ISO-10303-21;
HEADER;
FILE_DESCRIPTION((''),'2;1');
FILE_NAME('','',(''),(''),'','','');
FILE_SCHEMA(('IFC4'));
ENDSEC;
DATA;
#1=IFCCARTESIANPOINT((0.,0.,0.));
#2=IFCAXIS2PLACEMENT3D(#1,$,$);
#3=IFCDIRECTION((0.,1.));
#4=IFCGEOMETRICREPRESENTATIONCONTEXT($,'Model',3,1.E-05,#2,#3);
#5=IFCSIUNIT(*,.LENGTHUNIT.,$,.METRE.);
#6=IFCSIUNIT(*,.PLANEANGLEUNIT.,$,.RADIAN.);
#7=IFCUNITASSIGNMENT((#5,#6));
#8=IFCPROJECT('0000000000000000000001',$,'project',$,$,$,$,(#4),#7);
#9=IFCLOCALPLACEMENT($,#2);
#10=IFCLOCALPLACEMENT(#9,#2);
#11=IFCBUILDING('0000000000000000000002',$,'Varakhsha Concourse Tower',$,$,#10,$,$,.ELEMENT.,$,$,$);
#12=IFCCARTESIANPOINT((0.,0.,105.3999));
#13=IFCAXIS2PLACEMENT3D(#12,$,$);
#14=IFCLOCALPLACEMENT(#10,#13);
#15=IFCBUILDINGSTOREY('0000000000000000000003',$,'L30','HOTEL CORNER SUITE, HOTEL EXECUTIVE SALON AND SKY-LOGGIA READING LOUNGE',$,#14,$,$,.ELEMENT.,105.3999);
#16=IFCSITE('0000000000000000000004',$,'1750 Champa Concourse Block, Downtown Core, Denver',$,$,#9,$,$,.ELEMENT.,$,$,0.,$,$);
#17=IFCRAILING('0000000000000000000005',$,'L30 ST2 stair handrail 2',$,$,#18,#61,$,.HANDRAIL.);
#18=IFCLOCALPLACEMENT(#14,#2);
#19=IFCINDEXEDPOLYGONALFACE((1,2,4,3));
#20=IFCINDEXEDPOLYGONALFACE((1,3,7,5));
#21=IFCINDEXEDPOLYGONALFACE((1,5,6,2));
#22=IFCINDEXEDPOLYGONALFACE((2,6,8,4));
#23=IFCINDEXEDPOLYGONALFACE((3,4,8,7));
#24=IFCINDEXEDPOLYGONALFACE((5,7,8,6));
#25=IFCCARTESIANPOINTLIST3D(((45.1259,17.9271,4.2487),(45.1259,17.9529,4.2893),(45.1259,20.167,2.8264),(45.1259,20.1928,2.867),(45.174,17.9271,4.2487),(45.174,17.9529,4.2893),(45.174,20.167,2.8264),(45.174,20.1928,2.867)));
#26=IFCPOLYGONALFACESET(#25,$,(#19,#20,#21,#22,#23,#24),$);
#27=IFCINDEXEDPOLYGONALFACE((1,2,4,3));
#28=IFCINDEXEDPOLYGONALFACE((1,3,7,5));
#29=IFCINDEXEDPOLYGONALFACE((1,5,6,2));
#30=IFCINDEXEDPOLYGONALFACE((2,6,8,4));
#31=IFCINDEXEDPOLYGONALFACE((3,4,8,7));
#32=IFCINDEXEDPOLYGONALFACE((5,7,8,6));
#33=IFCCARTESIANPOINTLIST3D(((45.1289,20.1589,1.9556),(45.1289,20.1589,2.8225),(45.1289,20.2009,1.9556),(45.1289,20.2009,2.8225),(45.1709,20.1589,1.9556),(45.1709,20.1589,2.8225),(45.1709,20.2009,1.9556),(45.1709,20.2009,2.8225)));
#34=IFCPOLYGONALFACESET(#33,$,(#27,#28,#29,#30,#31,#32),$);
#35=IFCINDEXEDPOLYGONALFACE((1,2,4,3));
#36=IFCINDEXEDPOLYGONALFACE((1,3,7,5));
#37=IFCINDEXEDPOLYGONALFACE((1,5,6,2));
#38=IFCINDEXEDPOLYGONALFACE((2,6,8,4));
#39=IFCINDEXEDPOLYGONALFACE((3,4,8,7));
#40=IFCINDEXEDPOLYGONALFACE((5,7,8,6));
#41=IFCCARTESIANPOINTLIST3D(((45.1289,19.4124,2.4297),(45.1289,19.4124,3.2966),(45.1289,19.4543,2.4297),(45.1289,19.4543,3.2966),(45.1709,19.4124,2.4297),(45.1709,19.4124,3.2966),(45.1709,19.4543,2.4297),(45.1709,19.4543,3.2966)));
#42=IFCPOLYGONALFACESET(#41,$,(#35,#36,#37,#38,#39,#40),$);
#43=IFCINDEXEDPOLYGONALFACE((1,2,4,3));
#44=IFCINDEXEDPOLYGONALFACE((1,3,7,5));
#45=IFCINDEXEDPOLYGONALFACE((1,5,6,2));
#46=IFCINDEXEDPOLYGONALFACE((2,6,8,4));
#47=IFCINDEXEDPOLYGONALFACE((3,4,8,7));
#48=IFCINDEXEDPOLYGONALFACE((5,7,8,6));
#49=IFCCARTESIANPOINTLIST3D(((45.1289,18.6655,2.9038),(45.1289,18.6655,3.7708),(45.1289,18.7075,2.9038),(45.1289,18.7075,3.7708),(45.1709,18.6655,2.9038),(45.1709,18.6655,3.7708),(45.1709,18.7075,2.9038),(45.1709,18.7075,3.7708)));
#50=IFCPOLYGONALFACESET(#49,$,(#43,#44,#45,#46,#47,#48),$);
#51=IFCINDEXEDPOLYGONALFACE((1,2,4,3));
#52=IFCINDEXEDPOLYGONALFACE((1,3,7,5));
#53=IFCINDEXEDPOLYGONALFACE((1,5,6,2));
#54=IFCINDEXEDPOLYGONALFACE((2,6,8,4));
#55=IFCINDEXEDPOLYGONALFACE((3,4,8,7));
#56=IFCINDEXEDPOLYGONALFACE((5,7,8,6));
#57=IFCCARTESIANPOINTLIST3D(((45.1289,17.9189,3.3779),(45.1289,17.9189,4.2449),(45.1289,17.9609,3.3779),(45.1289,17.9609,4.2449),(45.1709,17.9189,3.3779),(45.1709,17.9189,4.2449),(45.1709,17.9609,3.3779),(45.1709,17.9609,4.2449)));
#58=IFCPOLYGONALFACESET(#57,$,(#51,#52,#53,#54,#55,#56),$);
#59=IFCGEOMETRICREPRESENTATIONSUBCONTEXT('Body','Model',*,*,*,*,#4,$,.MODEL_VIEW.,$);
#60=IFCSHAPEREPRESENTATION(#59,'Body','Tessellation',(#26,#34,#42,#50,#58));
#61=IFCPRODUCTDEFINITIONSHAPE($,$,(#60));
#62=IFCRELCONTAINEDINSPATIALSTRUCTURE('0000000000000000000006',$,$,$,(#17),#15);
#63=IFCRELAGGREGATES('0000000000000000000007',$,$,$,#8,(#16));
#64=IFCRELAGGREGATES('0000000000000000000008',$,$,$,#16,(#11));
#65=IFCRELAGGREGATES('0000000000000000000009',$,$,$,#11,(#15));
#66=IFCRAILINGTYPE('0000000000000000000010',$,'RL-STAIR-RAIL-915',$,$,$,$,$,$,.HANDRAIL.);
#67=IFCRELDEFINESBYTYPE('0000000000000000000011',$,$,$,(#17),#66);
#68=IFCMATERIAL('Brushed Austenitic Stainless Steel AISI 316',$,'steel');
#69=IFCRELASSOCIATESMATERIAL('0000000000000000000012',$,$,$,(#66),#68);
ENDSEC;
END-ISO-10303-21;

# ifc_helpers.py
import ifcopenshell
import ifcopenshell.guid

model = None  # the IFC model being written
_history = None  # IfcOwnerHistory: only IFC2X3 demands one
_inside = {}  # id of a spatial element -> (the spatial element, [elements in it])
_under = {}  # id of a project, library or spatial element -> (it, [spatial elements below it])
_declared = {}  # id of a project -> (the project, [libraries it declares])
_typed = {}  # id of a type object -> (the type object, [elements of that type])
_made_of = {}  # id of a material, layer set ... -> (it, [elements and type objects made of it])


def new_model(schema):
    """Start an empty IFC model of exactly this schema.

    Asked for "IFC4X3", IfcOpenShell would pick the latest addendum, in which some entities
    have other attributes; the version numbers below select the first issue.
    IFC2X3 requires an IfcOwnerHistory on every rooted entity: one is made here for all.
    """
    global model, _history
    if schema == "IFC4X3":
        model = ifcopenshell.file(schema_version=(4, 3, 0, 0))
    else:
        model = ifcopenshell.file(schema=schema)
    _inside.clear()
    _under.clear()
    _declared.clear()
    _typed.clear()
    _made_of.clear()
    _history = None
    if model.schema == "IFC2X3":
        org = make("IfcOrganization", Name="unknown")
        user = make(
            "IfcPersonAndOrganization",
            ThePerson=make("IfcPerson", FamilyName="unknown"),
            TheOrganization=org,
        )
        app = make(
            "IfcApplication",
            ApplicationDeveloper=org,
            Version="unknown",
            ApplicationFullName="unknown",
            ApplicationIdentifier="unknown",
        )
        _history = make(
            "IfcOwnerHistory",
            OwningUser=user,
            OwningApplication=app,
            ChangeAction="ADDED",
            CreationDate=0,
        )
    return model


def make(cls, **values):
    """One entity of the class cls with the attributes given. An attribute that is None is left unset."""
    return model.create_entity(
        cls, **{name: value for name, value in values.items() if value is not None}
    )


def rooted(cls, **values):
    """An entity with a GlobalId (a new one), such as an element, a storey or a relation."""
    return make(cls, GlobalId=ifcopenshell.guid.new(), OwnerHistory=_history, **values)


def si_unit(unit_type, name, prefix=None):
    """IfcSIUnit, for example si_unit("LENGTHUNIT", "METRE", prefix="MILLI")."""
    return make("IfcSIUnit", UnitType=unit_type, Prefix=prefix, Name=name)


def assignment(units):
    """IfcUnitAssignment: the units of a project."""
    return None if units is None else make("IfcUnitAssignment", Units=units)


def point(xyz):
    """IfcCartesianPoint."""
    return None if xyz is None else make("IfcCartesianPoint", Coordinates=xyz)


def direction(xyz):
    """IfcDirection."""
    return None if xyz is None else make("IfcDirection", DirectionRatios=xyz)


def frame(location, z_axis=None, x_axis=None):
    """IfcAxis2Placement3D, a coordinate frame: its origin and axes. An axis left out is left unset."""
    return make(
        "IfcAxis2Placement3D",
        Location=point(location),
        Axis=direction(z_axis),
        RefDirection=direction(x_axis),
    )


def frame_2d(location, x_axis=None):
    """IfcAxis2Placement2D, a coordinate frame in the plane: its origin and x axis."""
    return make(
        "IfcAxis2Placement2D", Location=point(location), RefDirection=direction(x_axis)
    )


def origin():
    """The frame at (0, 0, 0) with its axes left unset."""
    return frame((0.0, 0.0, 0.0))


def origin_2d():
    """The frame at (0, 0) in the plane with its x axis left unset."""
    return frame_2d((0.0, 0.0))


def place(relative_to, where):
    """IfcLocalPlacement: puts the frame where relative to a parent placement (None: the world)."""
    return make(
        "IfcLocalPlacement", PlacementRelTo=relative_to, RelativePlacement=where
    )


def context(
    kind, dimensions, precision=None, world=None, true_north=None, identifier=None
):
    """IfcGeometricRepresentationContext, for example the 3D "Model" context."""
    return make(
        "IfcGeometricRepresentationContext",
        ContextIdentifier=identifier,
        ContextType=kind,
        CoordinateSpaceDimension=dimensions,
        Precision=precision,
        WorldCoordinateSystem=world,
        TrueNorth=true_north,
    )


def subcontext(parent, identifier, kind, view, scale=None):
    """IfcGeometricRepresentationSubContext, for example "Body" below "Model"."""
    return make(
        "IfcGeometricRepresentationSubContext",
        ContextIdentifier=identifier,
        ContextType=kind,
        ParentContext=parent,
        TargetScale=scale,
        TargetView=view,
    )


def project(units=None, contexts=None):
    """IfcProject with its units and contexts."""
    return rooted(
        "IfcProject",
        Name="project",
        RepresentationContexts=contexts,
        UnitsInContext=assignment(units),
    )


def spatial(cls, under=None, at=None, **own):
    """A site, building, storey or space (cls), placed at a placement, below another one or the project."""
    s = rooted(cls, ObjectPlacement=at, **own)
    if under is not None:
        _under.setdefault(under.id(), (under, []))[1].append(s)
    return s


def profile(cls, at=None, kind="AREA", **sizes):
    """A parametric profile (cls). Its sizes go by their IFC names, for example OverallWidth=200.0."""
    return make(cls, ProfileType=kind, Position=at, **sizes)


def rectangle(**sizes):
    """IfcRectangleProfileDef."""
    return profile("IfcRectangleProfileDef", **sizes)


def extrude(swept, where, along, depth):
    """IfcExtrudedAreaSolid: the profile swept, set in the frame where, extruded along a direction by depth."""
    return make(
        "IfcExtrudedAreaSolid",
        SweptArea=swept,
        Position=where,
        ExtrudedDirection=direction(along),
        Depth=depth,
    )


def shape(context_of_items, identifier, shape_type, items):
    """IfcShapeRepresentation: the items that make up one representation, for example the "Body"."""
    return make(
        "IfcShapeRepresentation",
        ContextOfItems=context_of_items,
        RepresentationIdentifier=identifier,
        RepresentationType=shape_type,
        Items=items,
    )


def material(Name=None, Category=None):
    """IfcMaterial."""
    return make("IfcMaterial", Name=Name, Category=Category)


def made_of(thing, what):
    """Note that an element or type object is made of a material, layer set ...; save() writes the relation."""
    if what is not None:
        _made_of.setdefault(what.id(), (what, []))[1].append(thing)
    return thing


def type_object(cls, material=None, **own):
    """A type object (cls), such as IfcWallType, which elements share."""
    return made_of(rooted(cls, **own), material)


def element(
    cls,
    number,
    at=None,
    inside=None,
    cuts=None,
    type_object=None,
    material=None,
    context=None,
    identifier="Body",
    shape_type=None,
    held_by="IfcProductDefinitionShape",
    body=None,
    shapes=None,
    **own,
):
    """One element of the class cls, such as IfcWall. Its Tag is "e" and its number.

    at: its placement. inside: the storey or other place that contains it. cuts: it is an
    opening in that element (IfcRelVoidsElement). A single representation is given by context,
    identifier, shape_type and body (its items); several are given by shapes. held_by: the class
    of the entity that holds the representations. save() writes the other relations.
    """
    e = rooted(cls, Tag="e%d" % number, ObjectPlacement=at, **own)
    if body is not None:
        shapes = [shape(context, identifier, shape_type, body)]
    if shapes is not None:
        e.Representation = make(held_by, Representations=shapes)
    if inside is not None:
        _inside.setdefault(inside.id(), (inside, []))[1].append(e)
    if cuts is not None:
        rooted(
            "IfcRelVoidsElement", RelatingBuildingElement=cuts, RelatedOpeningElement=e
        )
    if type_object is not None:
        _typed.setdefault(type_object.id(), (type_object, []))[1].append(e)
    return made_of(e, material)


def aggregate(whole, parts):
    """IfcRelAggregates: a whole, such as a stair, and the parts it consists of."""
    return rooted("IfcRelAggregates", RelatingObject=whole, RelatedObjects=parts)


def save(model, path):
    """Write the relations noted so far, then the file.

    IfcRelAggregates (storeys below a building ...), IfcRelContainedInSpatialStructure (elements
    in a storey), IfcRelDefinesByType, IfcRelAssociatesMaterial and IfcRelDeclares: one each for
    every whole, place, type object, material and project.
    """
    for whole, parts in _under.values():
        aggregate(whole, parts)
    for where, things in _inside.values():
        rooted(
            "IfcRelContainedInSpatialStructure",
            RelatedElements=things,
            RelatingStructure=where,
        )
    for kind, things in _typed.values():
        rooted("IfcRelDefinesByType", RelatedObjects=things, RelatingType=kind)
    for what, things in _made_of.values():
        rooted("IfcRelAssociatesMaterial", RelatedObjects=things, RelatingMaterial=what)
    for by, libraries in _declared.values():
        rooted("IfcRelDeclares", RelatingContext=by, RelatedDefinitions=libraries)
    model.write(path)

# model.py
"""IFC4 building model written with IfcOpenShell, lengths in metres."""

from ifc_helpers import new_model, si_unit, direction, frame, origin, origin_2d, place, context, subcontext, project, spatial, rectangle, extrude, material, type_object, element, save


model = new_model("IFC4")

# Units and contexts
model_context = context("Model", 3, precision=1e-05, world=origin(), true_north=direction((0.0, 1.0)))
body_context = subcontext(model_context, "Body", "Model", "MODEL_VIEW")
ifc_project = project(units=[si_unit("LENGTHUNIT", "METRE"), si_unit("PLANEANGLEUNIT", "RADIAN")], contexts=[model_context])

# Site, building, storey
site_placement = place(None, origin())
site = spatial("IfcSite", under=ifc_project, at=site_placement, Name="1750 Champa Concourse Block, Downtown Core, Denver", CompositionType="ELEMENT", RefElevation=0.0)
building_placement = place(site_placement, origin())
building = spatial("IfcBuilding", under=site, at=building_placement, Name="Varakhsha Concourse Tower", CompositionType="ELEMENT")
storey_placement = place(building_placement, frame((0.0, 0.0, 105.3999)))
storey = spatial("IfcBuildingStorey", under=building, at=storey_placement, Name="L30", Description="HOTEL CORNER SUITE, HOTEL EXECUTIVE SALON AND SKY-LOGGIA READING LOUNGE", CompositionType="ELEMENT", Elevation=105.3999)

# Railing
ifc_material_1 = material(Name="Brushed Austenitic Stainless Steel AISI 316", Category="steel")
railing_type_1 = type_object("IfcRailingType", Name="RL-STAIR-RAIL-915", PredefinedType="HANDRAIL", material=ifc_material_1)
railing_1_placement = place(storey_placement, frame((45.1499, 20.1799, 1.9556)))
element("IfcRailing", 1, at=railing_1_placement, inside=storey, type_object=railing_type_1, Name="L30 ST2 stair handrail 2", PredefinedType="HANDRAIL", context=body_context, shape_type="SweptSolid", body=[
    extrude(rectangle(XDim=0.0481, YDim=0.0481, at=origin_2d()), frame((0.0, 0.0, 0.8911), z_axis=(0.0, -0.844188, 0.536048), x_axis=(1.0, 0.0, 0.0)), (0.0, 0.0, 1.0), 2.6533),
    extrude(rectangle(XDim=0.042, YDim=0.042, at=origin_2d()), origin(), (0.0, 0.0, 1.0), 0.8669),
    extrude(rectangle(XDim=0.042, YDim=0.042, at=origin_2d()), frame((0.0, -0.7466, 0.4741)), (0.0, 0.0, 1.0), 0.8669),
    extrude(rectangle(XDim=0.042, YDim=0.042, at=origin_2d()), frame((0.0, -1.4934, 0.9482)), (0.0, 0.0, 1.0), 0.8669),
    extrude(rectangle(XDim=0.042, YDim=0.042, at=origin_2d()), frame((0.0, -2.24, 1.4224)), (0.0, 0.0, 1.0), 0.8669),
])

save(model, "model.ifc")
